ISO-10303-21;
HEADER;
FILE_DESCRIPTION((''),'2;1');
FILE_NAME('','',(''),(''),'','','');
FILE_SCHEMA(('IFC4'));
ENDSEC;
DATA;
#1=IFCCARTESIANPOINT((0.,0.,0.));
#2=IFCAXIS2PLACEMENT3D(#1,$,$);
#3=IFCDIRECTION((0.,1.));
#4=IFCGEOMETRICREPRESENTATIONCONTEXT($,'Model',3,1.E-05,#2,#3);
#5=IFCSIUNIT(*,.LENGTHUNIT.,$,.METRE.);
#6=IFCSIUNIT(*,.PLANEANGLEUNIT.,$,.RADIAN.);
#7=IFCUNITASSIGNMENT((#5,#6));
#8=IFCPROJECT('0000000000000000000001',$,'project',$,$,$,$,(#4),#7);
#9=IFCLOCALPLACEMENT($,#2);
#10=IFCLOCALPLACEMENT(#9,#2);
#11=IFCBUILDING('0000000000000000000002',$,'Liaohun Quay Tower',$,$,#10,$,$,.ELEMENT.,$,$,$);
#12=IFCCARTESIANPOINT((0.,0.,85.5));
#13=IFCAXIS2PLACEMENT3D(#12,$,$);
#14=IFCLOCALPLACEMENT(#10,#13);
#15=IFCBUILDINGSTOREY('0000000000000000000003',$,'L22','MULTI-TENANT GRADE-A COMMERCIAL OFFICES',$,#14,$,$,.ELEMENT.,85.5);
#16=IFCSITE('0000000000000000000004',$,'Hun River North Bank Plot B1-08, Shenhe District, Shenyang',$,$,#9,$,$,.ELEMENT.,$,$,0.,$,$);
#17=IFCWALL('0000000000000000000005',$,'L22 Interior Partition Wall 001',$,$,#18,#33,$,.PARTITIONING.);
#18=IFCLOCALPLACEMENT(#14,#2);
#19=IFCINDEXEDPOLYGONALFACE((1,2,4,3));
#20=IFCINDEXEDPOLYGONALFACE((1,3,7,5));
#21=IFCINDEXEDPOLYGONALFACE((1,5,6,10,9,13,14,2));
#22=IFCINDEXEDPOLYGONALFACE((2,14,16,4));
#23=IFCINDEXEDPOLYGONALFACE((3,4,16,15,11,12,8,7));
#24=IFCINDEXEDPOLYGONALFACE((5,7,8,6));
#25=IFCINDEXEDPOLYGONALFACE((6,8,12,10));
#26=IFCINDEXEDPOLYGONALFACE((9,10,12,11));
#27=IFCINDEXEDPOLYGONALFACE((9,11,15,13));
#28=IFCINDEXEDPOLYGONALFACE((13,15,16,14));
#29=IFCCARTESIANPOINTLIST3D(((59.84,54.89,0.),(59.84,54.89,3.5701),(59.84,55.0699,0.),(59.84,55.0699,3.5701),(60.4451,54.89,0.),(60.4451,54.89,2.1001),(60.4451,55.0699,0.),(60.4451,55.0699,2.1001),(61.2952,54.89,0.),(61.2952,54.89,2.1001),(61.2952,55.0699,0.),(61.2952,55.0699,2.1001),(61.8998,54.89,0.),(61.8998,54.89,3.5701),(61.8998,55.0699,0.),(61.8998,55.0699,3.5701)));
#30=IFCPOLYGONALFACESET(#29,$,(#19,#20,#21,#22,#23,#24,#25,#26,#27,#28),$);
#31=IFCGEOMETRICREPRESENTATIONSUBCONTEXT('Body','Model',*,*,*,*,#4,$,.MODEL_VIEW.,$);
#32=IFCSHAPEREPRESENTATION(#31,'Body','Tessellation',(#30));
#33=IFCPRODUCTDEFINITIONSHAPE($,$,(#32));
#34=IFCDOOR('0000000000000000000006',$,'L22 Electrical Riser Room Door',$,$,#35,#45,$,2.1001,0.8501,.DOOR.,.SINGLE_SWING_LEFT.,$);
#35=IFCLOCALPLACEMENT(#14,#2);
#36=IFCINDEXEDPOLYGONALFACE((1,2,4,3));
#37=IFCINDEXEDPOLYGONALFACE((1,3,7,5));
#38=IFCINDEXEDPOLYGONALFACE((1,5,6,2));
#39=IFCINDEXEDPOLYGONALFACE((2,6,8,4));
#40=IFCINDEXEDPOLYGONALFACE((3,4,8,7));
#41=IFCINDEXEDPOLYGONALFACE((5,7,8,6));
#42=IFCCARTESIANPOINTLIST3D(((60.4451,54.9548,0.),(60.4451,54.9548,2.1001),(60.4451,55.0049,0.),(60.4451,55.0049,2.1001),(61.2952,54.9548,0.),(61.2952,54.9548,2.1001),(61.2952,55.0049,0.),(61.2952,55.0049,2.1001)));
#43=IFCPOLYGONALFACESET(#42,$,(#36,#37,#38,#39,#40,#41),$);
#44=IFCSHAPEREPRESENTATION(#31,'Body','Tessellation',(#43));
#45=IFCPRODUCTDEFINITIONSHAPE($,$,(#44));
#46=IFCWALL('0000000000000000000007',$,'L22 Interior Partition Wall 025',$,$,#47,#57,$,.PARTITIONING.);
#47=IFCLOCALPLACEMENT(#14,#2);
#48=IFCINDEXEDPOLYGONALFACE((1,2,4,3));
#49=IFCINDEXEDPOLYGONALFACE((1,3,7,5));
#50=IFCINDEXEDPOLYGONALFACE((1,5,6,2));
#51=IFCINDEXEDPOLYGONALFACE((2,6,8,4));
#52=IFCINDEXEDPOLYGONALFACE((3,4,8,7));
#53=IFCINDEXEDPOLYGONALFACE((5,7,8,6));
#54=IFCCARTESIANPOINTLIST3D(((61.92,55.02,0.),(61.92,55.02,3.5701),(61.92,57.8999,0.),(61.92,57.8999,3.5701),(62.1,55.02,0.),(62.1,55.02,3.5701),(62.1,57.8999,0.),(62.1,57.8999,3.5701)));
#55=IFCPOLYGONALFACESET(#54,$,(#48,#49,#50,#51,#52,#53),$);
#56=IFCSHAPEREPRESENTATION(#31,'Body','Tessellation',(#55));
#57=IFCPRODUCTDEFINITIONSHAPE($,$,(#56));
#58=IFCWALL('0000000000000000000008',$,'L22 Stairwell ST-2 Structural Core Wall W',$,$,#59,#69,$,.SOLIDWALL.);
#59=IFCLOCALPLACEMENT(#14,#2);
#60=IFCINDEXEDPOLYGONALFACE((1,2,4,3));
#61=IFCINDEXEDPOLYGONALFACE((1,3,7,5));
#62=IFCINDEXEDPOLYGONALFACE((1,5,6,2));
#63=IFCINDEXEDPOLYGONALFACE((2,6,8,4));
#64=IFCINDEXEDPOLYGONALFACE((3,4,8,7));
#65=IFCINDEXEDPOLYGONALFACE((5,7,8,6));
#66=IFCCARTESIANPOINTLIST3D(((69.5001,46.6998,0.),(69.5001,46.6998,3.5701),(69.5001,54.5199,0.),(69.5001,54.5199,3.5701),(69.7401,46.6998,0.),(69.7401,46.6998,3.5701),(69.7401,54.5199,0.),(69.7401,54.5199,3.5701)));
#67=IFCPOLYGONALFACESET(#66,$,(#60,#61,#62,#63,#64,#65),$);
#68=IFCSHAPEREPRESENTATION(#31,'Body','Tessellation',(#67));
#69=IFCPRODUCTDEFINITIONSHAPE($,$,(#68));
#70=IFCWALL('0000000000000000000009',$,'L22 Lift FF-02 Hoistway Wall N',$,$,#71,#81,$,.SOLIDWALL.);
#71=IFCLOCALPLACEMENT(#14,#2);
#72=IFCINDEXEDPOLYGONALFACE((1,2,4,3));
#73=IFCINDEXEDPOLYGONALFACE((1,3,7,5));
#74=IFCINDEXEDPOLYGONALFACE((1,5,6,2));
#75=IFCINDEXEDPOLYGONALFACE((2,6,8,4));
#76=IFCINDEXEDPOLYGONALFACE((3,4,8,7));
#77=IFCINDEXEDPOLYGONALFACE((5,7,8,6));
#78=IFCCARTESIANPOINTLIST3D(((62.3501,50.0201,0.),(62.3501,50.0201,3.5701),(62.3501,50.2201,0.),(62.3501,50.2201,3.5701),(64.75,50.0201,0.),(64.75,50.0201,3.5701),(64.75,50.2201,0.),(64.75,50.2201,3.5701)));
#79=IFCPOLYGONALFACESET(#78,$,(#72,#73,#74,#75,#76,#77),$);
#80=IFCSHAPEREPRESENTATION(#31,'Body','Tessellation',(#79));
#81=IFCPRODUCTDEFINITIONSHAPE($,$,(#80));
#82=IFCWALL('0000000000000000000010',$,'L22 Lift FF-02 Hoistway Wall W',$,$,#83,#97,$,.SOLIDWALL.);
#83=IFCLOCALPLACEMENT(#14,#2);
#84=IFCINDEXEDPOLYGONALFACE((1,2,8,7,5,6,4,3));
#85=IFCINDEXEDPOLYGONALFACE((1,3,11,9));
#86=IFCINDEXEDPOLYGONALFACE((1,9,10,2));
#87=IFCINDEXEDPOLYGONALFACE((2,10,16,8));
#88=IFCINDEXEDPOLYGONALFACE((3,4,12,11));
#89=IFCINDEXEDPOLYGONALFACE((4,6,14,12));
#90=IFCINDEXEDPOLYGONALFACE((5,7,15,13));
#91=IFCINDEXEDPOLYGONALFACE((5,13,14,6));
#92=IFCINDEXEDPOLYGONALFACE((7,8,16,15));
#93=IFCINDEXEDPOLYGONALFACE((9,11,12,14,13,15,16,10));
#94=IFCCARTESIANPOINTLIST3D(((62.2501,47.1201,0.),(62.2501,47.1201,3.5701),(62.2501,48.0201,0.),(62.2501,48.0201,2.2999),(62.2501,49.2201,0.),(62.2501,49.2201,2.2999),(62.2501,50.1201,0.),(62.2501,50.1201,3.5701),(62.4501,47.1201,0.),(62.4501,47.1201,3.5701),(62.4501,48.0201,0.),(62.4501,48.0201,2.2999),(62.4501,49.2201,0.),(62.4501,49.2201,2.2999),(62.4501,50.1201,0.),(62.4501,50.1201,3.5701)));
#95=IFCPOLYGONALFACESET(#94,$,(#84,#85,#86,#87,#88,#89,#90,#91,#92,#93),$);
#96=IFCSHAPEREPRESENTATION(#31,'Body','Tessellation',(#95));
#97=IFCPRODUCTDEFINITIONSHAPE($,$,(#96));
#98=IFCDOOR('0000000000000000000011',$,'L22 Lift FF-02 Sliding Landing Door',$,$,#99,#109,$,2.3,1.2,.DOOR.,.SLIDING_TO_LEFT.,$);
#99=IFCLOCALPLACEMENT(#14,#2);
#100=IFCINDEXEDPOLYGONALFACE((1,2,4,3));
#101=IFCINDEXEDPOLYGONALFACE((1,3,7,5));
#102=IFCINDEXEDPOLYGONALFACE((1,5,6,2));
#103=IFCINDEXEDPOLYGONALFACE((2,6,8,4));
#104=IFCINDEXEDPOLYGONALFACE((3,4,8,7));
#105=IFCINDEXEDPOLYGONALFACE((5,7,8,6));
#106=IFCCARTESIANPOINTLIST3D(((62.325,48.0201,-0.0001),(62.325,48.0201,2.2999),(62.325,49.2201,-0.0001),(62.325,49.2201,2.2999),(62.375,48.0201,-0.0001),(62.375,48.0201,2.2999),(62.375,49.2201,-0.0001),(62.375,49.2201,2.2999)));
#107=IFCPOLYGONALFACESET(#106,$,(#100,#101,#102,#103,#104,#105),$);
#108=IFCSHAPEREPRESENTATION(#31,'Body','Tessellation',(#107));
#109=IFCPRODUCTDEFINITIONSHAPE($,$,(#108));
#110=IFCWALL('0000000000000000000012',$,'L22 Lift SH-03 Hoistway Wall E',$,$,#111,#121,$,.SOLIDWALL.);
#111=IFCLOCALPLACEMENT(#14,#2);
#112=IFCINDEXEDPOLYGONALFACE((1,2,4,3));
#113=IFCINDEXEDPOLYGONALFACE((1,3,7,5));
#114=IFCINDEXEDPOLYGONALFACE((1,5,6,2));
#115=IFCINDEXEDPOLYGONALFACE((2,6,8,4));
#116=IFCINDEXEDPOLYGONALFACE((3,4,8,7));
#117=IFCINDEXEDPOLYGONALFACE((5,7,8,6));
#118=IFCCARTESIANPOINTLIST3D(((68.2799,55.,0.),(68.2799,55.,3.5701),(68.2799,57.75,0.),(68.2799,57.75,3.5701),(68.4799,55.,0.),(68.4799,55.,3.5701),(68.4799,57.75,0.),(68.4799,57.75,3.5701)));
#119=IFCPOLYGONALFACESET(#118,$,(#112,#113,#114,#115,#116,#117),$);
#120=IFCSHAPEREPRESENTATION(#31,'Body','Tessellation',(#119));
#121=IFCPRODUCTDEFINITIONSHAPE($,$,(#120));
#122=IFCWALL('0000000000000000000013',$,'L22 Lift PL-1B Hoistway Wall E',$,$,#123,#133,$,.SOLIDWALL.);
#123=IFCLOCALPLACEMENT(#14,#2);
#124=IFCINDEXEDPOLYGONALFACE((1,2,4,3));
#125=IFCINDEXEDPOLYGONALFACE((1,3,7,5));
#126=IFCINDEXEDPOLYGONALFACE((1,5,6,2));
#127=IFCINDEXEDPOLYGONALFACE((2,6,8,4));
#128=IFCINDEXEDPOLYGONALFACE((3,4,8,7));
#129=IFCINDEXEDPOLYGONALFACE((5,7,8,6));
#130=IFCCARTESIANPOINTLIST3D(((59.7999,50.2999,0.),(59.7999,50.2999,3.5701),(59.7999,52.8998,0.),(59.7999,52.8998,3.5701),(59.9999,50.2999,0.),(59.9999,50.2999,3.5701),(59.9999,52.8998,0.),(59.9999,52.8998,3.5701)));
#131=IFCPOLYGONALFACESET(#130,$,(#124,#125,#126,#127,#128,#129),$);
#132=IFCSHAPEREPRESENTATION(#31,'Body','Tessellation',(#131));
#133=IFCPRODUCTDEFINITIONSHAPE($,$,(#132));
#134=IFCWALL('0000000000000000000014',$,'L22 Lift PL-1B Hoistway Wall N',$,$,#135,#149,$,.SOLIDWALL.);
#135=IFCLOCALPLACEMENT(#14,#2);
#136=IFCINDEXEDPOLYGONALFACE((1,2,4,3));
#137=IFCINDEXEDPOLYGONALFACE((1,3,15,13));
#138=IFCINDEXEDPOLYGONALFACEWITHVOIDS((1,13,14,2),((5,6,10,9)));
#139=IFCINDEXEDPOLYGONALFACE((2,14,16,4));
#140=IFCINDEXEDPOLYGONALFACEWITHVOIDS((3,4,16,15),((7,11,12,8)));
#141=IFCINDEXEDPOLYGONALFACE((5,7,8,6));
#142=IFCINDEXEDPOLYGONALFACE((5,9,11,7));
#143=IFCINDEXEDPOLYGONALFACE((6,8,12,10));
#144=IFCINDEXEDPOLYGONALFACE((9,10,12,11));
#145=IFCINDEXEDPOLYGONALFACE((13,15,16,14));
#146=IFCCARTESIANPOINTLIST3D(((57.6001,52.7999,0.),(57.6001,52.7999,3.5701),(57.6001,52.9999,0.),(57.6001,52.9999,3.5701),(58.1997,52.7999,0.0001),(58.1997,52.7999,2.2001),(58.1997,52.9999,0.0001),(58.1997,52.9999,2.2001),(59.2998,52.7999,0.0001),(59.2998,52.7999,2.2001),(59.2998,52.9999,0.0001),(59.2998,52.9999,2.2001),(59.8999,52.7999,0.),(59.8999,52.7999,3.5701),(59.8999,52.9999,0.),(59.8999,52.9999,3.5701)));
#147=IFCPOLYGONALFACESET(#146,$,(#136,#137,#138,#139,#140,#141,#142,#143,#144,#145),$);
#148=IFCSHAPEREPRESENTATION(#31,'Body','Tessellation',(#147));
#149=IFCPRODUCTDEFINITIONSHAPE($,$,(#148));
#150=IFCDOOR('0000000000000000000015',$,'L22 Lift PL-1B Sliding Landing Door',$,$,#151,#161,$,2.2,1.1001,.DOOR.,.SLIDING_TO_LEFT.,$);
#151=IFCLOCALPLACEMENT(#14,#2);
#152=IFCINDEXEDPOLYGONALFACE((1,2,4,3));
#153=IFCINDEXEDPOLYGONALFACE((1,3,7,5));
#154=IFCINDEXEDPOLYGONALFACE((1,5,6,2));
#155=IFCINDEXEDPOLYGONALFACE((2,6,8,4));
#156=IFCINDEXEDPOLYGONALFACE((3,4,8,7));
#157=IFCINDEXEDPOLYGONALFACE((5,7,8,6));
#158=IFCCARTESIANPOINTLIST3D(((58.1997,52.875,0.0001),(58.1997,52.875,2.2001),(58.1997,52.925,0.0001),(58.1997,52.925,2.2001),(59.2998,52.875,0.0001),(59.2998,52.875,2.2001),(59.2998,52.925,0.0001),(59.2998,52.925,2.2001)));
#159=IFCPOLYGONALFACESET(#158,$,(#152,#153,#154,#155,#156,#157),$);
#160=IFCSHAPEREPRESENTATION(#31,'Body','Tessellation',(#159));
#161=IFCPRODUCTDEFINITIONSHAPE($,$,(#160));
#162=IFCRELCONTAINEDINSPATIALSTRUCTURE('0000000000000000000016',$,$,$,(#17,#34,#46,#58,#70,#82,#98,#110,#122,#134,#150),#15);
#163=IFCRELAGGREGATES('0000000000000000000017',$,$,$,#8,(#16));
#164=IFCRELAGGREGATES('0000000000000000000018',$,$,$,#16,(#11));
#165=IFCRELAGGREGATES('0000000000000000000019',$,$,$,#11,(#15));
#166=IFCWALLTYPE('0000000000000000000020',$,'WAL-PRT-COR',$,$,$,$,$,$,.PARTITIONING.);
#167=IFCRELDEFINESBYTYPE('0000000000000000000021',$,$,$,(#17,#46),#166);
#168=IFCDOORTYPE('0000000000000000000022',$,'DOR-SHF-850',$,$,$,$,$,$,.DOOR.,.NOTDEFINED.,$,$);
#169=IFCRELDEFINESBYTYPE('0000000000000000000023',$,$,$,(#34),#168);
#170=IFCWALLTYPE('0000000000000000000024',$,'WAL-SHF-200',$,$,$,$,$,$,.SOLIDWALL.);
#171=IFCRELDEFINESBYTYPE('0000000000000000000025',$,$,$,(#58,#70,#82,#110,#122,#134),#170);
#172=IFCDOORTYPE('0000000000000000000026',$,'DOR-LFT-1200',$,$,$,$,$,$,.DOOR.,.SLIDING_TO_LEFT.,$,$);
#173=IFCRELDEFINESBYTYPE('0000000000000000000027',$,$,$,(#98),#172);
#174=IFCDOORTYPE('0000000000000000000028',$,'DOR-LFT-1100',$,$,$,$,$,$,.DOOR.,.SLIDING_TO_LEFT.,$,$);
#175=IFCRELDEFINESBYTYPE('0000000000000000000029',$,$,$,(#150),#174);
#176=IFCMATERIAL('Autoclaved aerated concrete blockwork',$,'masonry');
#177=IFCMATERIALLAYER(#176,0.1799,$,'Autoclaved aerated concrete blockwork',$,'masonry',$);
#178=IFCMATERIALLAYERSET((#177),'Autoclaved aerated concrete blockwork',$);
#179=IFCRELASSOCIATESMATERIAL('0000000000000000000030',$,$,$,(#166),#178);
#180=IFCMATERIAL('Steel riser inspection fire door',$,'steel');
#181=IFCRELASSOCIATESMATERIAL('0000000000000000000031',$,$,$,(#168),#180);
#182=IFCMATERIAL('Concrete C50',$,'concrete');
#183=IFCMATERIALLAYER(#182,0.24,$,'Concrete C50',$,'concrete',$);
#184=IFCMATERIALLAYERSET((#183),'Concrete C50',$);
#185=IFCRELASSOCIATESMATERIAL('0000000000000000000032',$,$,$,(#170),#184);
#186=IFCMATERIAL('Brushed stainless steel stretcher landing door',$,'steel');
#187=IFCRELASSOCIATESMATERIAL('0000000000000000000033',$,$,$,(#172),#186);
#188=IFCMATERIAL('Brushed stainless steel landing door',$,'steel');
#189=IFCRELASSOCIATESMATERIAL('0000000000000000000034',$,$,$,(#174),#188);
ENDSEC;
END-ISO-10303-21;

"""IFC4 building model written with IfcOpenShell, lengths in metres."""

from ifc_helpers import new_model, si_unit, direction, frame, frame_2d, origin, place, context, subcontext, project, spatial, rectangle, extrude, source, transform, mapped, material, layer, layer_set, type_object, element, fill, save


model = new_model("IFC4")

# Units and contexts
model_context = context("Model", 3, precision=1e-05, world=origin(), true_north=direction((0.0, 1.0)))
body_context = subcontext(model_context, "Body", "Model", "MODEL_VIEW")
ifc_project = project(units=[si_unit("LENGTHUNIT", "METRE"), si_unit("PLANEANGLEUNIT", "RADIAN")], contexts=[model_context])

# Site, building, storey
site_placement = place(None, origin())
site = spatial("IfcSite", under=ifc_project, at=site_placement, Name="Hun River North Bank Plot B1-08, Shenhe District, Shenyang", CompositionType="ELEMENT", RefElevation=0.0)
building_placement = place(site_placement, origin())
building = spatial("IfcBuilding", under=site, at=building_placement, Name="Liaohun Quay Tower", CompositionType="ELEMENT")
storey_placement = place(building_placement, frame((0.0, 0.0, 85.5)))
storey = spatial("IfcBuildingStorey", under=building, at=storey_placement, Name="L22", Description="MULTI-TENANT GRADE-A COMMERCIAL OFFICES", CompositionType="ELEMENT", Elevation=85.5)

# Wall, opening, door
ifc_material_1 = material(Name="Autoclaved aerated concrete blockwork", Category="masonry")
ifc_layer_1 = layer(ifc_material_1, 0.1799, Name="Autoclaved aerated concrete blockwork", Category="masonry")
ifc_layer_set_1 = layer_set([ifc_layer_1], Name="Autoclaved aerated concrete blockwork")
wall_type_1 = type_object("IfcWallType", Name="WAL-PRT-COR", PredefinedType="PARTITIONING", material=ifc_layer_set_1)
wall_1_placement = place(storey_placement, frame((59.8401, 54.98, 0.0), z_axis=(0.0, 0.0, 1.0), x_axis=(1.0, 0.0, 0.0)))
wall_1 = element("IfcWall", 1, at=wall_1_placement, inside=storey, type_object=wall_type_1, Name="L22 Interior Partition Wall 001", PredefinedType="PARTITIONING", context=body_context, shape_type="SweptSolid", body=[
    extrude(rectangle(XDim=2.0598, YDim=0.1799, at=frame_2d((1.0298, 0.0))), origin(), (0.0, 0.0, 1.0), 3.5701),
])
shared_shape_1 = source(origin(), body_context, "Body", "SweptSolid", [
    extrude(rectangle(XDim=0.8501, YDim=2.1001, at=frame_2d((0.425, 1.05))), frame((0.0, 0.0999, 0.0), z_axis=(0.0, -1.0, 0.0), x_axis=(1.0, 0.0, 0.0)), (0.0, 0.0, 1.0), 0.2),
])
opening_1_placement = place(wall_1_placement, frame((0.605, 0.0, 0.0)))
opening_1 = element("IfcOpeningElement", 2, at=opening_1_placement, cuts=wall_1, PredefinedType="OPENING", context=body_context, shape_type="MappedRepresentation", body=[
    mapped(shared_shape_1, transform((0.0, 0.0, 0.0), x_axis=(1.0, 0.0, 0.0), y_axis=(0.0, 1.0, 0.0), z_axis=(0.0, 0.0, 1.0), scale=1.0)),
])
ifc_material_2 = material(Name="Steel riser inspection fire door", Category="steel")
door_type_1 = type_object("IfcDoorType", Name="DOR-SHF-850", OperationType="NOTDEFINED", PredefinedType="DOOR", material=ifc_material_2)
shared_shape_2 = source(origin(), body_context, "Body", "SweptSolid", [
    extrude(rectangle(XDim=0.8501, YDim=2.1001, at=frame_2d((0.425, 1.05))), frame((0.0, 0.0249, 0.0), z_axis=(0.0, -1.0, 0.0), x_axis=(1.0, 0.0, 0.0)), (0.0, 0.0, 1.0), 0.05),
])
door_1_placement = place(opening_1_placement, origin())
door_1 = element("IfcDoor", 3, at=door_1_placement, inside=storey, type_object=door_type_1, Name="L22 Electrical Riser Room Door", OperationType="SINGLE_SWING_LEFT", OverallHeight=2.1001, OverallWidth=0.8501, PredefinedType="DOOR", context=body_context, shape_type="MappedRepresentation", body=[
    mapped(shared_shape_2, transform((0.0, 0.0, 0.0), x_axis=(1.0, 0.0, 0.0), y_axis=(0.0, 1.0, 0.0), z_axis=(0.0, 0.0, 1.0), scale=1.0)),
])
fill(opening_1, door_1)

# Walls
wall_2_placement = place(storey_placement, frame((62.01, 55.02, 0.0), z_axis=(0.0, 0.0, 1.0), x_axis=(0.0, 1.0, 0.0)))
element("IfcWall", 4, at=wall_2_placement, inside=storey, type_object=wall_type_1, Name="L22 Interior Partition Wall 025", PredefinedType="PARTITIONING", context=body_context, shape_type="SweptSolid", body=[
    extrude(rectangle(XDim=2.8799, YDim=0.1799, at=frame_2d((1.4399, 0.0))), origin(), (0.0, 0.0, 1.0), 3.5701),
])
ifc_material_3 = material(Name="Concrete C50", Category="concrete")
ifc_layer_2 = layer(ifc_material_3, 0.24, Name="Concrete C50", Category="concrete")
ifc_layer_set_2 = layer_set([ifc_layer_2], Name="Concrete C50")
wall_type_2 = type_object("IfcWallType", Name="WAL-SHF-200", PredefinedType="SOLIDWALL", material=ifc_layer_set_2)
wall_3_placement = place(storey_placement, frame((69.6201, 54.52, 0.0), z_axis=(0.0, 0.0, 1.0), x_axis=(0.0, -1.0, 0.0)))
element("IfcWall", 5, at=wall_3_placement, inside=storey, type_object=wall_type_2, Name="L22 Stairwell ST-2 Structural Core Wall W", PredefinedType="SOLIDWALL", context=body_context, shape_type="SweptSolid", body=[
    extrude(rectangle(XDim=7.8201, YDim=0.24, at=frame_2d((3.9102, 0.0))), origin(), (0.0, 0.0, 1.0), 3.5701),
])
wall_4_placement = place(storey_placement, frame((64.75, 50.1201, 0.0), z_axis=(0.0, 0.0, 1.0), x_axis=(-1.0, 0.0, 0.0)))
element("IfcWall", 6, at=wall_4_placement, inside=storey, type_object=wall_type_2, Name="L22 Lift FF-02 Hoistway Wall N", PredefinedType="SOLIDWALL", context=body_context, shape_type="SweptSolid", body=[
    extrude(rectangle(XDim=2.3999, YDim=0.2, at=frame_2d((1.2, 0.0))), origin(), (0.0, 0.0, 1.0), 3.5701),
])

# Wall, opening, door
wall_5_placement = place(storey_placement, frame((62.3501, 50.1201, 0.0), z_axis=(0.0, 0.0, 1.0), x_axis=(0.0, -1.0, 0.0)))
wall_5 = element("IfcWall", 7, at=wall_5_placement, inside=storey, type_object=wall_type_2, Name="L22 Lift FF-02 Hoistway Wall W", PredefinedType="SOLIDWALL", context=body_context, shape_type="SweptSolid", body=[
    extrude(rectangle(XDim=3.0, YDim=0.2, at=frame_2d((1.5, 0.0))), origin(), (0.0, 0.0, 1.0), 3.5701),
])
shared_shape_3 = source(origin(), body_context, "Body", "SweptSolid", [
    extrude(rectangle(XDim=1.2, YDim=2.3, at=frame_2d((0.6001, 1.1499))), frame((0.0, 0.1099, 0.0), z_axis=(0.0, -1.0, 0.0), x_axis=(1.0, 0.0, 0.0)), (0.0, 0.0, 1.0), 0.22),
])
opening_2_placement = place(wall_5_placement, frame((0.8999, 0.0, 0.0)))
opening_2 = element("IfcOpeningElement", 8, at=opening_2_placement, cuts=wall_5, PredefinedType="OPENING", context=body_context, shape_type="MappedRepresentation", body=[
    mapped(shared_shape_3, transform((0.0, 0.0, 0.0), x_axis=(1.0, 0.0, 0.0), y_axis=(0.0, 1.0, 0.0), z_axis=(0.0, 0.0, 1.0), scale=1.0)),
])
ifc_material_4 = material(Name="Brushed stainless steel stretcher landing door", Category="steel")
door_type_2 = type_object("IfcDoorType", Name="DOR-LFT-1200", OperationType="SLIDING_TO_LEFT", PredefinedType="DOOR", material=ifc_material_4)
shared_shape_4 = source(origin(), body_context, "Body", "SweptSolid", [
    extrude(rectangle(XDim=1.2, YDim=2.3, at=frame_2d((0.6001, 1.1499))), frame((0.0, 0.0249, 0.0), z_axis=(0.0, -1.0, 0.0), x_axis=(1.0, 0.0, 0.0)), (0.0, 0.0, 1.0), 0.05),
])
door_2_placement = place(opening_2_placement, origin())
door_2 = element("IfcDoor", 9, at=door_2_placement, inside=storey, type_object=door_type_2, Name="L22 Lift FF-02 Sliding Landing Door", OperationType="SLIDING_TO_LEFT", OverallHeight=2.3, OverallWidth=1.2, PredefinedType="DOOR", context=body_context, shape_type="MappedRepresentation", body=[
    mapped(shared_shape_4, transform((0.0, 0.0, 0.0), x_axis=(1.0, 0.0, 0.0), y_axis=(0.0, 1.0, 0.0), z_axis=(0.0, 0.0, 1.0), scale=1.0)),
])
fill(opening_2, door_2)

# Walls
wall_6_placement = place(storey_placement, frame((68.3799, 55.0, 0.0), z_axis=(0.0, 0.0, 1.0), x_axis=(0.0, 1.0, 0.0)))
element("IfcWall", 10, at=wall_6_placement, inside=storey, type_object=wall_type_2, Name="L22 Lift SH-03 Hoistway Wall E", PredefinedType="SOLIDWALL", context=body_context, shape_type="SweptSolid", body=[
    extrude(rectangle(XDim=2.75, YDim=0.2, at=frame_2d((1.375, 0.0))), origin(), (0.0, 0.0, 1.0), 3.5701),
])
wall_7_placement = place(storey_placement, frame((59.8999, 50.3, 0.0), z_axis=(0.0, 0.0, 1.0), x_axis=(0.0, 1.0, 0.0)))
element("IfcWall", 11, at=wall_7_placement, inside=storey, type_object=wall_type_2, Name="L22 Lift PL-1B Hoistway Wall E", PredefinedType="SOLIDWALL", context=body_context, shape_type="SweptSolid", body=[
    extrude(rectangle(XDim=2.5999, YDim=0.2, at=frame_2d((1.2998, 0.0))), origin(), (0.0, 0.0, 1.0), 3.5701),
])

# Wall, opening, door
wall_8_placement = place(storey_placement, frame((59.8999, 52.8999, 0.0), z_axis=(0.0, 0.0, 1.0), x_axis=(-1.0, 0.0, 0.0)))
wall_8 = element("IfcWall", 12, at=wall_8_placement, inside=storey, type_object=wall_type_2, Name="L22 Lift PL-1B Hoistway Wall N", PredefinedType="SOLIDWALL", context=body_context, shape_type="SweptSolid", body=[
    extrude(rectangle(XDim=2.2998, YDim=0.2, at=frame_2d((1.1499, 0.0))), origin(), (0.0, 0.0, 1.0), 3.5701),
])
shared_shape_5 = source(origin(), body_context, "Body", "SweptSolid", [
    extrude(rectangle(XDim=1.1001, YDim=2.2, at=frame_2d((0.55, 1.1001))), frame((0.0, 0.1099, 0.0), z_axis=(0.0, -1.0, 0.0), x_axis=(1.0, 0.0, 0.0)), (0.0, 0.0, 1.0), 0.22),
])
opening_3_placement = place(wall_8_placement, frame((0.6001, 0.0, 0.0)))
opening_3 = element("IfcOpeningElement", 13, at=opening_3_placement, cuts=wall_8, PredefinedType="OPENING", context=body_context, shape_type="MappedRepresentation", body=[
    mapped(shared_shape_5, transform((0.0, 0.0, 0.0), x_axis=(1.0, 0.0, 0.0), y_axis=(0.0, 1.0, 0.0), z_axis=(0.0, 0.0, 1.0), scale=1.0)),
])
ifc_material_5 = material(Name="Brushed stainless steel landing door", Category="steel")
door_type_3 = type_object("IfcDoorType", Name="DOR-LFT-1100", OperationType="SLIDING_TO_LEFT", PredefinedType="DOOR", material=ifc_material_5)
shared_shape_6 = source(origin(), body_context, "Body", "SweptSolid", [
    extrude(rectangle(XDim=1.1001, YDim=2.2, at=frame_2d((0.55, 1.1001))), frame((0.0, 0.0249, 0.0), z_axis=(0.0, -1.0, 0.0), x_axis=(1.0, 0.0, 0.0)), (0.0, 0.0, 1.0), 0.05),
])
door_3_placement = place(opening_3_placement, origin())
door_3 = element("IfcDoor", 14, at=door_3_placement, inside=storey, type_object=door_type_3, Name="L22 Lift PL-1B Sliding Landing Door", OperationType="SLIDING_TO_LEFT", OverallHeight=2.2, OverallWidth=1.1001, PredefinedType="DOOR", context=body_context, shape_type="MappedRepresentation", body=[
    mapped(shared_shape_6, transform((0.0, 0.0, 0.0), x_axis=(1.0, 0.0, 0.0), y_axis=(0.0, 1.0, 0.0), z_axis=(0.0, 0.0, 1.0), scale=1.0)),
])
fill(opening_3, door_3)

save(model, "model.ifc")
